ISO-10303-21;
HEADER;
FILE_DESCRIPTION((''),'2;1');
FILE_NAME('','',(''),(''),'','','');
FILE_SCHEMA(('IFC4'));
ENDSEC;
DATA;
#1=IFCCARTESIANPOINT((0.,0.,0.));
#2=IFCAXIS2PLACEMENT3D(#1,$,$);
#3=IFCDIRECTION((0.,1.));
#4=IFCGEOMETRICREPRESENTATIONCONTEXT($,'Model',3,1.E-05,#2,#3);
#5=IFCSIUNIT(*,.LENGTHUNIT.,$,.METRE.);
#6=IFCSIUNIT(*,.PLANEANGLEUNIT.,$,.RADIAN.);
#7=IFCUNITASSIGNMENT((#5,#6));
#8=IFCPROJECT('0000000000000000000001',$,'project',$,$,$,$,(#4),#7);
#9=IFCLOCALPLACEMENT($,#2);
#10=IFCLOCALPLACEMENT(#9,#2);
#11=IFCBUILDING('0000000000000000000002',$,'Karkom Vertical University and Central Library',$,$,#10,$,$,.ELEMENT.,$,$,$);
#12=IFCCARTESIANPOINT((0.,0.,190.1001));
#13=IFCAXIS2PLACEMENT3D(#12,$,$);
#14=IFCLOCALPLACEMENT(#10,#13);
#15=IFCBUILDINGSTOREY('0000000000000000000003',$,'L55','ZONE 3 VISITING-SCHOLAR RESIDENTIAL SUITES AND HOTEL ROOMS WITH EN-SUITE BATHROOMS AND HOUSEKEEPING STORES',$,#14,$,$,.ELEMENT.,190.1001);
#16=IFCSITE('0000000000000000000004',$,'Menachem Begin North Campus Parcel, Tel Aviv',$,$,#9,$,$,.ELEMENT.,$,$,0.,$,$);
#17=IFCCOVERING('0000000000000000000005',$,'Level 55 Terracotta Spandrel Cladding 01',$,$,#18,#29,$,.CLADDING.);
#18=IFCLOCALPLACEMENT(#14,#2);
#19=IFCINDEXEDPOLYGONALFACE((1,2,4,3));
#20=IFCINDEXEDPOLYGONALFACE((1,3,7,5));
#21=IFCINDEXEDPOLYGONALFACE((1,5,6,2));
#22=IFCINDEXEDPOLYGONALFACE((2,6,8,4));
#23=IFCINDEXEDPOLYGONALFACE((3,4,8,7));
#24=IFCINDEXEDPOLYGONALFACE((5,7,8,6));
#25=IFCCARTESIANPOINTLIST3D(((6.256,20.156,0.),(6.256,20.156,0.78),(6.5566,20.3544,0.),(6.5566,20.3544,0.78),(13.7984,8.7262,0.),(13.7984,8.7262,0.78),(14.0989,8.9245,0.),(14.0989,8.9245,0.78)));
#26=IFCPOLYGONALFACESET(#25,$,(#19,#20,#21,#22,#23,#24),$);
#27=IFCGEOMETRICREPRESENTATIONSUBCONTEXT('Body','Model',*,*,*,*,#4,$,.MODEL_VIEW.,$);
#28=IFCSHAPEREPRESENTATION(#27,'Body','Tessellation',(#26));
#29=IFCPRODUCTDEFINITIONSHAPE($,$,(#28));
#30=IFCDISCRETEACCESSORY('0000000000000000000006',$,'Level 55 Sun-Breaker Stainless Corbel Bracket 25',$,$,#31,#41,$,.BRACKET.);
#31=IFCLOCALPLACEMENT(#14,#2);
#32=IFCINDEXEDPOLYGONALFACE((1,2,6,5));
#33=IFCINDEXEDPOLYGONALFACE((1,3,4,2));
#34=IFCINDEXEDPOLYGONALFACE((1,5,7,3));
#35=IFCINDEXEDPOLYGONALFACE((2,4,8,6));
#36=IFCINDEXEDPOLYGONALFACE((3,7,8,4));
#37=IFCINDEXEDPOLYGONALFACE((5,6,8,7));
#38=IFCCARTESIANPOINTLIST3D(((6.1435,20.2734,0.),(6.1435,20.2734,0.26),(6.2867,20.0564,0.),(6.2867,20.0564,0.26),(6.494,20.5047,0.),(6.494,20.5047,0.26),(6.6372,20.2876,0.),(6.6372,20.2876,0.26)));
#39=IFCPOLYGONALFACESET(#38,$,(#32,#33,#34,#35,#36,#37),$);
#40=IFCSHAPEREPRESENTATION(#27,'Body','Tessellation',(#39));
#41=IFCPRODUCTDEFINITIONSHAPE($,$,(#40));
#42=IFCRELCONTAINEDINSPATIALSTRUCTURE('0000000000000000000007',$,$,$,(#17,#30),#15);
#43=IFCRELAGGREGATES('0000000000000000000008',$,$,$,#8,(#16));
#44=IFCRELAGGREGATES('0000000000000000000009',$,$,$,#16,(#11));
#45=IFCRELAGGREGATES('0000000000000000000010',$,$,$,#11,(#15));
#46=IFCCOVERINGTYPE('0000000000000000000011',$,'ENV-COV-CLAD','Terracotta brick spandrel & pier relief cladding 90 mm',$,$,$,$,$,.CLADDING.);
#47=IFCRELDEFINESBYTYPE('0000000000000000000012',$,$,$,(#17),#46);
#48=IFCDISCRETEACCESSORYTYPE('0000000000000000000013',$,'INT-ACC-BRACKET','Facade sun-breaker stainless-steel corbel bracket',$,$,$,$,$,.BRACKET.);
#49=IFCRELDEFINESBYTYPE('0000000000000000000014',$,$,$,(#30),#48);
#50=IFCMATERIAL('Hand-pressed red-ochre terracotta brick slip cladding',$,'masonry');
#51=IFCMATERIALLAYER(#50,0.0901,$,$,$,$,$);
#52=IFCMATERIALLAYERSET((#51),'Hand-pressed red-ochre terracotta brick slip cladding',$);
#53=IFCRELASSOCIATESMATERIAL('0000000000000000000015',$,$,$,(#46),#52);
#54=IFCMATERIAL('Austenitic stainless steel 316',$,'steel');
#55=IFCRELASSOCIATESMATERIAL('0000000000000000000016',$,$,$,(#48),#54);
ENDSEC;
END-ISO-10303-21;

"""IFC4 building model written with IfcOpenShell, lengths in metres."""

from ifc_helpers import new_model, si_unit, direction, frame, origin, origin_with_axes, origin_2d, place, context, subcontext, project, spatial, rectangle, extrude, source, transform, mapped, material, layer, layer_set, type_object, element, save


model = new_model("IFC4")

# Units and contexts
model_context = context("Model", 3, precision=1e-05, world=origin(), true_north=direction((0.0, 1.0)))
body_context = subcontext(model_context, "Body", "Model", "MODEL_VIEW")
ifc_project = project(units=[si_unit("LENGTHUNIT", "METRE"), si_unit("PLANEANGLEUNIT", "RADIAN")], contexts=[model_context])

# Site, building, storey
site_placement = place(None, origin())
site = spatial("IfcSite", under=ifc_project, at=site_placement, Name="Menachem Begin North Campus Parcel, Tel Aviv", CompositionType="ELEMENT", RefElevation=0.0)
building_placement = place(site_placement, origin())
building = spatial("IfcBuilding", under=site, at=building_placement, Name="Karkom Vertical University and Central Library", CompositionType="ELEMENT")
storey_placement = place(building_placement, frame((0.0, 0.0, 190.1001)))
storey = spatial("IfcBuildingStorey", under=building, at=storey_placement, Name="L55", Description="ZONE 3 VISITING-SCHOLAR RESIDENTIAL SUITES AND HOTEL ROOMS WITH EN-SUITE BATHROOMS AND HOUSEKEEPING STORES", CompositionType="ELEMENT", Elevation=190.1001)

# Covering
ifc_material_1 = material(Name="Hand-pressed red-ochre terracotta brick slip cladding", Category="masonry")
ifc_layer_1 = layer(ifc_material_1, 0.0901)
ifc_layer_set_1 = layer_set([ifc_layer_1], Name="Hand-pressed red-ochre terracotta brick slip cladding")
covering_type = type_object("IfcCoveringType", Name="ENV-COV-CLAD", Description="Terracotta brick spandrel & pier relief cladding 90 mm", PredefinedType="CLADDING", material=ifc_layer_set_1)
shared_shape_1 = source(origin_with_axes(), body_context, "Body", "SweptSolid", [
    extrude(rectangle(XDim=13.6941, YDim=0.3601, at=origin_2d()), origin(), (0.0, 0.0, 1.0), 0.78),
])
covering_placement = place(storey_placement, frame((10.1775, 14.5403, 0.0), z_axis=(0.0, 0.0, 1.0), x_axis=(0.550772, -0.834656, 0.0)))
element("IfcCovering", 1, at=covering_placement, inside=storey, type_object=covering_type, Name="Level 55 Terracotta Spandrel Cladding 01", PredefinedType="CLADDING", context=body_context, shape_type="MappedRepresentation", body=[
    mapped(shared_shape_1, transform((0.0, 0.0, 0.0), scale=1.0)),
])

# Discrete accessory
ifc_material_2 = material(Name="Austenitic stainless steel 316", Category="steel")
discrete_accessory_type = type_object("IfcDiscreteAccessoryType", Name="INT-ACC-BRACKET", Description="Facade sun-breaker stainless-steel corbel bracket", PredefinedType="BRACKET", material=ifc_material_2)
shared_shape_2 = source(origin_with_axes(), body_context, "Body", "SweptSolid", [
    extrude(rectangle(XDim=0.26, YDim=0.4199, at=origin_2d()), origin(), (0.0, 0.0, 1.0), 0.26),
])
discrete_accessory_placement = place(storey_placement, frame((6.3904, 20.2805, 0.0), z_axis=(0.0, 0.0, 1.0), x_axis=(0.550772, -0.834656, 0.0)))
element("IfcDiscreteAccessory", 2, at=discrete_accessory_placement, inside=storey, type_object=discrete_accessory_type, Name="Level 55 Sun-Breaker Stainless Corbel Bracket 25", PredefinedType="BRACKET", context=body_context, shape_type="MappedRepresentation", body=[
    mapped(shared_shape_2, transform((0.0, 0.0, 0.0), scale=1.0)),
])

save(model, "model.ifc")
